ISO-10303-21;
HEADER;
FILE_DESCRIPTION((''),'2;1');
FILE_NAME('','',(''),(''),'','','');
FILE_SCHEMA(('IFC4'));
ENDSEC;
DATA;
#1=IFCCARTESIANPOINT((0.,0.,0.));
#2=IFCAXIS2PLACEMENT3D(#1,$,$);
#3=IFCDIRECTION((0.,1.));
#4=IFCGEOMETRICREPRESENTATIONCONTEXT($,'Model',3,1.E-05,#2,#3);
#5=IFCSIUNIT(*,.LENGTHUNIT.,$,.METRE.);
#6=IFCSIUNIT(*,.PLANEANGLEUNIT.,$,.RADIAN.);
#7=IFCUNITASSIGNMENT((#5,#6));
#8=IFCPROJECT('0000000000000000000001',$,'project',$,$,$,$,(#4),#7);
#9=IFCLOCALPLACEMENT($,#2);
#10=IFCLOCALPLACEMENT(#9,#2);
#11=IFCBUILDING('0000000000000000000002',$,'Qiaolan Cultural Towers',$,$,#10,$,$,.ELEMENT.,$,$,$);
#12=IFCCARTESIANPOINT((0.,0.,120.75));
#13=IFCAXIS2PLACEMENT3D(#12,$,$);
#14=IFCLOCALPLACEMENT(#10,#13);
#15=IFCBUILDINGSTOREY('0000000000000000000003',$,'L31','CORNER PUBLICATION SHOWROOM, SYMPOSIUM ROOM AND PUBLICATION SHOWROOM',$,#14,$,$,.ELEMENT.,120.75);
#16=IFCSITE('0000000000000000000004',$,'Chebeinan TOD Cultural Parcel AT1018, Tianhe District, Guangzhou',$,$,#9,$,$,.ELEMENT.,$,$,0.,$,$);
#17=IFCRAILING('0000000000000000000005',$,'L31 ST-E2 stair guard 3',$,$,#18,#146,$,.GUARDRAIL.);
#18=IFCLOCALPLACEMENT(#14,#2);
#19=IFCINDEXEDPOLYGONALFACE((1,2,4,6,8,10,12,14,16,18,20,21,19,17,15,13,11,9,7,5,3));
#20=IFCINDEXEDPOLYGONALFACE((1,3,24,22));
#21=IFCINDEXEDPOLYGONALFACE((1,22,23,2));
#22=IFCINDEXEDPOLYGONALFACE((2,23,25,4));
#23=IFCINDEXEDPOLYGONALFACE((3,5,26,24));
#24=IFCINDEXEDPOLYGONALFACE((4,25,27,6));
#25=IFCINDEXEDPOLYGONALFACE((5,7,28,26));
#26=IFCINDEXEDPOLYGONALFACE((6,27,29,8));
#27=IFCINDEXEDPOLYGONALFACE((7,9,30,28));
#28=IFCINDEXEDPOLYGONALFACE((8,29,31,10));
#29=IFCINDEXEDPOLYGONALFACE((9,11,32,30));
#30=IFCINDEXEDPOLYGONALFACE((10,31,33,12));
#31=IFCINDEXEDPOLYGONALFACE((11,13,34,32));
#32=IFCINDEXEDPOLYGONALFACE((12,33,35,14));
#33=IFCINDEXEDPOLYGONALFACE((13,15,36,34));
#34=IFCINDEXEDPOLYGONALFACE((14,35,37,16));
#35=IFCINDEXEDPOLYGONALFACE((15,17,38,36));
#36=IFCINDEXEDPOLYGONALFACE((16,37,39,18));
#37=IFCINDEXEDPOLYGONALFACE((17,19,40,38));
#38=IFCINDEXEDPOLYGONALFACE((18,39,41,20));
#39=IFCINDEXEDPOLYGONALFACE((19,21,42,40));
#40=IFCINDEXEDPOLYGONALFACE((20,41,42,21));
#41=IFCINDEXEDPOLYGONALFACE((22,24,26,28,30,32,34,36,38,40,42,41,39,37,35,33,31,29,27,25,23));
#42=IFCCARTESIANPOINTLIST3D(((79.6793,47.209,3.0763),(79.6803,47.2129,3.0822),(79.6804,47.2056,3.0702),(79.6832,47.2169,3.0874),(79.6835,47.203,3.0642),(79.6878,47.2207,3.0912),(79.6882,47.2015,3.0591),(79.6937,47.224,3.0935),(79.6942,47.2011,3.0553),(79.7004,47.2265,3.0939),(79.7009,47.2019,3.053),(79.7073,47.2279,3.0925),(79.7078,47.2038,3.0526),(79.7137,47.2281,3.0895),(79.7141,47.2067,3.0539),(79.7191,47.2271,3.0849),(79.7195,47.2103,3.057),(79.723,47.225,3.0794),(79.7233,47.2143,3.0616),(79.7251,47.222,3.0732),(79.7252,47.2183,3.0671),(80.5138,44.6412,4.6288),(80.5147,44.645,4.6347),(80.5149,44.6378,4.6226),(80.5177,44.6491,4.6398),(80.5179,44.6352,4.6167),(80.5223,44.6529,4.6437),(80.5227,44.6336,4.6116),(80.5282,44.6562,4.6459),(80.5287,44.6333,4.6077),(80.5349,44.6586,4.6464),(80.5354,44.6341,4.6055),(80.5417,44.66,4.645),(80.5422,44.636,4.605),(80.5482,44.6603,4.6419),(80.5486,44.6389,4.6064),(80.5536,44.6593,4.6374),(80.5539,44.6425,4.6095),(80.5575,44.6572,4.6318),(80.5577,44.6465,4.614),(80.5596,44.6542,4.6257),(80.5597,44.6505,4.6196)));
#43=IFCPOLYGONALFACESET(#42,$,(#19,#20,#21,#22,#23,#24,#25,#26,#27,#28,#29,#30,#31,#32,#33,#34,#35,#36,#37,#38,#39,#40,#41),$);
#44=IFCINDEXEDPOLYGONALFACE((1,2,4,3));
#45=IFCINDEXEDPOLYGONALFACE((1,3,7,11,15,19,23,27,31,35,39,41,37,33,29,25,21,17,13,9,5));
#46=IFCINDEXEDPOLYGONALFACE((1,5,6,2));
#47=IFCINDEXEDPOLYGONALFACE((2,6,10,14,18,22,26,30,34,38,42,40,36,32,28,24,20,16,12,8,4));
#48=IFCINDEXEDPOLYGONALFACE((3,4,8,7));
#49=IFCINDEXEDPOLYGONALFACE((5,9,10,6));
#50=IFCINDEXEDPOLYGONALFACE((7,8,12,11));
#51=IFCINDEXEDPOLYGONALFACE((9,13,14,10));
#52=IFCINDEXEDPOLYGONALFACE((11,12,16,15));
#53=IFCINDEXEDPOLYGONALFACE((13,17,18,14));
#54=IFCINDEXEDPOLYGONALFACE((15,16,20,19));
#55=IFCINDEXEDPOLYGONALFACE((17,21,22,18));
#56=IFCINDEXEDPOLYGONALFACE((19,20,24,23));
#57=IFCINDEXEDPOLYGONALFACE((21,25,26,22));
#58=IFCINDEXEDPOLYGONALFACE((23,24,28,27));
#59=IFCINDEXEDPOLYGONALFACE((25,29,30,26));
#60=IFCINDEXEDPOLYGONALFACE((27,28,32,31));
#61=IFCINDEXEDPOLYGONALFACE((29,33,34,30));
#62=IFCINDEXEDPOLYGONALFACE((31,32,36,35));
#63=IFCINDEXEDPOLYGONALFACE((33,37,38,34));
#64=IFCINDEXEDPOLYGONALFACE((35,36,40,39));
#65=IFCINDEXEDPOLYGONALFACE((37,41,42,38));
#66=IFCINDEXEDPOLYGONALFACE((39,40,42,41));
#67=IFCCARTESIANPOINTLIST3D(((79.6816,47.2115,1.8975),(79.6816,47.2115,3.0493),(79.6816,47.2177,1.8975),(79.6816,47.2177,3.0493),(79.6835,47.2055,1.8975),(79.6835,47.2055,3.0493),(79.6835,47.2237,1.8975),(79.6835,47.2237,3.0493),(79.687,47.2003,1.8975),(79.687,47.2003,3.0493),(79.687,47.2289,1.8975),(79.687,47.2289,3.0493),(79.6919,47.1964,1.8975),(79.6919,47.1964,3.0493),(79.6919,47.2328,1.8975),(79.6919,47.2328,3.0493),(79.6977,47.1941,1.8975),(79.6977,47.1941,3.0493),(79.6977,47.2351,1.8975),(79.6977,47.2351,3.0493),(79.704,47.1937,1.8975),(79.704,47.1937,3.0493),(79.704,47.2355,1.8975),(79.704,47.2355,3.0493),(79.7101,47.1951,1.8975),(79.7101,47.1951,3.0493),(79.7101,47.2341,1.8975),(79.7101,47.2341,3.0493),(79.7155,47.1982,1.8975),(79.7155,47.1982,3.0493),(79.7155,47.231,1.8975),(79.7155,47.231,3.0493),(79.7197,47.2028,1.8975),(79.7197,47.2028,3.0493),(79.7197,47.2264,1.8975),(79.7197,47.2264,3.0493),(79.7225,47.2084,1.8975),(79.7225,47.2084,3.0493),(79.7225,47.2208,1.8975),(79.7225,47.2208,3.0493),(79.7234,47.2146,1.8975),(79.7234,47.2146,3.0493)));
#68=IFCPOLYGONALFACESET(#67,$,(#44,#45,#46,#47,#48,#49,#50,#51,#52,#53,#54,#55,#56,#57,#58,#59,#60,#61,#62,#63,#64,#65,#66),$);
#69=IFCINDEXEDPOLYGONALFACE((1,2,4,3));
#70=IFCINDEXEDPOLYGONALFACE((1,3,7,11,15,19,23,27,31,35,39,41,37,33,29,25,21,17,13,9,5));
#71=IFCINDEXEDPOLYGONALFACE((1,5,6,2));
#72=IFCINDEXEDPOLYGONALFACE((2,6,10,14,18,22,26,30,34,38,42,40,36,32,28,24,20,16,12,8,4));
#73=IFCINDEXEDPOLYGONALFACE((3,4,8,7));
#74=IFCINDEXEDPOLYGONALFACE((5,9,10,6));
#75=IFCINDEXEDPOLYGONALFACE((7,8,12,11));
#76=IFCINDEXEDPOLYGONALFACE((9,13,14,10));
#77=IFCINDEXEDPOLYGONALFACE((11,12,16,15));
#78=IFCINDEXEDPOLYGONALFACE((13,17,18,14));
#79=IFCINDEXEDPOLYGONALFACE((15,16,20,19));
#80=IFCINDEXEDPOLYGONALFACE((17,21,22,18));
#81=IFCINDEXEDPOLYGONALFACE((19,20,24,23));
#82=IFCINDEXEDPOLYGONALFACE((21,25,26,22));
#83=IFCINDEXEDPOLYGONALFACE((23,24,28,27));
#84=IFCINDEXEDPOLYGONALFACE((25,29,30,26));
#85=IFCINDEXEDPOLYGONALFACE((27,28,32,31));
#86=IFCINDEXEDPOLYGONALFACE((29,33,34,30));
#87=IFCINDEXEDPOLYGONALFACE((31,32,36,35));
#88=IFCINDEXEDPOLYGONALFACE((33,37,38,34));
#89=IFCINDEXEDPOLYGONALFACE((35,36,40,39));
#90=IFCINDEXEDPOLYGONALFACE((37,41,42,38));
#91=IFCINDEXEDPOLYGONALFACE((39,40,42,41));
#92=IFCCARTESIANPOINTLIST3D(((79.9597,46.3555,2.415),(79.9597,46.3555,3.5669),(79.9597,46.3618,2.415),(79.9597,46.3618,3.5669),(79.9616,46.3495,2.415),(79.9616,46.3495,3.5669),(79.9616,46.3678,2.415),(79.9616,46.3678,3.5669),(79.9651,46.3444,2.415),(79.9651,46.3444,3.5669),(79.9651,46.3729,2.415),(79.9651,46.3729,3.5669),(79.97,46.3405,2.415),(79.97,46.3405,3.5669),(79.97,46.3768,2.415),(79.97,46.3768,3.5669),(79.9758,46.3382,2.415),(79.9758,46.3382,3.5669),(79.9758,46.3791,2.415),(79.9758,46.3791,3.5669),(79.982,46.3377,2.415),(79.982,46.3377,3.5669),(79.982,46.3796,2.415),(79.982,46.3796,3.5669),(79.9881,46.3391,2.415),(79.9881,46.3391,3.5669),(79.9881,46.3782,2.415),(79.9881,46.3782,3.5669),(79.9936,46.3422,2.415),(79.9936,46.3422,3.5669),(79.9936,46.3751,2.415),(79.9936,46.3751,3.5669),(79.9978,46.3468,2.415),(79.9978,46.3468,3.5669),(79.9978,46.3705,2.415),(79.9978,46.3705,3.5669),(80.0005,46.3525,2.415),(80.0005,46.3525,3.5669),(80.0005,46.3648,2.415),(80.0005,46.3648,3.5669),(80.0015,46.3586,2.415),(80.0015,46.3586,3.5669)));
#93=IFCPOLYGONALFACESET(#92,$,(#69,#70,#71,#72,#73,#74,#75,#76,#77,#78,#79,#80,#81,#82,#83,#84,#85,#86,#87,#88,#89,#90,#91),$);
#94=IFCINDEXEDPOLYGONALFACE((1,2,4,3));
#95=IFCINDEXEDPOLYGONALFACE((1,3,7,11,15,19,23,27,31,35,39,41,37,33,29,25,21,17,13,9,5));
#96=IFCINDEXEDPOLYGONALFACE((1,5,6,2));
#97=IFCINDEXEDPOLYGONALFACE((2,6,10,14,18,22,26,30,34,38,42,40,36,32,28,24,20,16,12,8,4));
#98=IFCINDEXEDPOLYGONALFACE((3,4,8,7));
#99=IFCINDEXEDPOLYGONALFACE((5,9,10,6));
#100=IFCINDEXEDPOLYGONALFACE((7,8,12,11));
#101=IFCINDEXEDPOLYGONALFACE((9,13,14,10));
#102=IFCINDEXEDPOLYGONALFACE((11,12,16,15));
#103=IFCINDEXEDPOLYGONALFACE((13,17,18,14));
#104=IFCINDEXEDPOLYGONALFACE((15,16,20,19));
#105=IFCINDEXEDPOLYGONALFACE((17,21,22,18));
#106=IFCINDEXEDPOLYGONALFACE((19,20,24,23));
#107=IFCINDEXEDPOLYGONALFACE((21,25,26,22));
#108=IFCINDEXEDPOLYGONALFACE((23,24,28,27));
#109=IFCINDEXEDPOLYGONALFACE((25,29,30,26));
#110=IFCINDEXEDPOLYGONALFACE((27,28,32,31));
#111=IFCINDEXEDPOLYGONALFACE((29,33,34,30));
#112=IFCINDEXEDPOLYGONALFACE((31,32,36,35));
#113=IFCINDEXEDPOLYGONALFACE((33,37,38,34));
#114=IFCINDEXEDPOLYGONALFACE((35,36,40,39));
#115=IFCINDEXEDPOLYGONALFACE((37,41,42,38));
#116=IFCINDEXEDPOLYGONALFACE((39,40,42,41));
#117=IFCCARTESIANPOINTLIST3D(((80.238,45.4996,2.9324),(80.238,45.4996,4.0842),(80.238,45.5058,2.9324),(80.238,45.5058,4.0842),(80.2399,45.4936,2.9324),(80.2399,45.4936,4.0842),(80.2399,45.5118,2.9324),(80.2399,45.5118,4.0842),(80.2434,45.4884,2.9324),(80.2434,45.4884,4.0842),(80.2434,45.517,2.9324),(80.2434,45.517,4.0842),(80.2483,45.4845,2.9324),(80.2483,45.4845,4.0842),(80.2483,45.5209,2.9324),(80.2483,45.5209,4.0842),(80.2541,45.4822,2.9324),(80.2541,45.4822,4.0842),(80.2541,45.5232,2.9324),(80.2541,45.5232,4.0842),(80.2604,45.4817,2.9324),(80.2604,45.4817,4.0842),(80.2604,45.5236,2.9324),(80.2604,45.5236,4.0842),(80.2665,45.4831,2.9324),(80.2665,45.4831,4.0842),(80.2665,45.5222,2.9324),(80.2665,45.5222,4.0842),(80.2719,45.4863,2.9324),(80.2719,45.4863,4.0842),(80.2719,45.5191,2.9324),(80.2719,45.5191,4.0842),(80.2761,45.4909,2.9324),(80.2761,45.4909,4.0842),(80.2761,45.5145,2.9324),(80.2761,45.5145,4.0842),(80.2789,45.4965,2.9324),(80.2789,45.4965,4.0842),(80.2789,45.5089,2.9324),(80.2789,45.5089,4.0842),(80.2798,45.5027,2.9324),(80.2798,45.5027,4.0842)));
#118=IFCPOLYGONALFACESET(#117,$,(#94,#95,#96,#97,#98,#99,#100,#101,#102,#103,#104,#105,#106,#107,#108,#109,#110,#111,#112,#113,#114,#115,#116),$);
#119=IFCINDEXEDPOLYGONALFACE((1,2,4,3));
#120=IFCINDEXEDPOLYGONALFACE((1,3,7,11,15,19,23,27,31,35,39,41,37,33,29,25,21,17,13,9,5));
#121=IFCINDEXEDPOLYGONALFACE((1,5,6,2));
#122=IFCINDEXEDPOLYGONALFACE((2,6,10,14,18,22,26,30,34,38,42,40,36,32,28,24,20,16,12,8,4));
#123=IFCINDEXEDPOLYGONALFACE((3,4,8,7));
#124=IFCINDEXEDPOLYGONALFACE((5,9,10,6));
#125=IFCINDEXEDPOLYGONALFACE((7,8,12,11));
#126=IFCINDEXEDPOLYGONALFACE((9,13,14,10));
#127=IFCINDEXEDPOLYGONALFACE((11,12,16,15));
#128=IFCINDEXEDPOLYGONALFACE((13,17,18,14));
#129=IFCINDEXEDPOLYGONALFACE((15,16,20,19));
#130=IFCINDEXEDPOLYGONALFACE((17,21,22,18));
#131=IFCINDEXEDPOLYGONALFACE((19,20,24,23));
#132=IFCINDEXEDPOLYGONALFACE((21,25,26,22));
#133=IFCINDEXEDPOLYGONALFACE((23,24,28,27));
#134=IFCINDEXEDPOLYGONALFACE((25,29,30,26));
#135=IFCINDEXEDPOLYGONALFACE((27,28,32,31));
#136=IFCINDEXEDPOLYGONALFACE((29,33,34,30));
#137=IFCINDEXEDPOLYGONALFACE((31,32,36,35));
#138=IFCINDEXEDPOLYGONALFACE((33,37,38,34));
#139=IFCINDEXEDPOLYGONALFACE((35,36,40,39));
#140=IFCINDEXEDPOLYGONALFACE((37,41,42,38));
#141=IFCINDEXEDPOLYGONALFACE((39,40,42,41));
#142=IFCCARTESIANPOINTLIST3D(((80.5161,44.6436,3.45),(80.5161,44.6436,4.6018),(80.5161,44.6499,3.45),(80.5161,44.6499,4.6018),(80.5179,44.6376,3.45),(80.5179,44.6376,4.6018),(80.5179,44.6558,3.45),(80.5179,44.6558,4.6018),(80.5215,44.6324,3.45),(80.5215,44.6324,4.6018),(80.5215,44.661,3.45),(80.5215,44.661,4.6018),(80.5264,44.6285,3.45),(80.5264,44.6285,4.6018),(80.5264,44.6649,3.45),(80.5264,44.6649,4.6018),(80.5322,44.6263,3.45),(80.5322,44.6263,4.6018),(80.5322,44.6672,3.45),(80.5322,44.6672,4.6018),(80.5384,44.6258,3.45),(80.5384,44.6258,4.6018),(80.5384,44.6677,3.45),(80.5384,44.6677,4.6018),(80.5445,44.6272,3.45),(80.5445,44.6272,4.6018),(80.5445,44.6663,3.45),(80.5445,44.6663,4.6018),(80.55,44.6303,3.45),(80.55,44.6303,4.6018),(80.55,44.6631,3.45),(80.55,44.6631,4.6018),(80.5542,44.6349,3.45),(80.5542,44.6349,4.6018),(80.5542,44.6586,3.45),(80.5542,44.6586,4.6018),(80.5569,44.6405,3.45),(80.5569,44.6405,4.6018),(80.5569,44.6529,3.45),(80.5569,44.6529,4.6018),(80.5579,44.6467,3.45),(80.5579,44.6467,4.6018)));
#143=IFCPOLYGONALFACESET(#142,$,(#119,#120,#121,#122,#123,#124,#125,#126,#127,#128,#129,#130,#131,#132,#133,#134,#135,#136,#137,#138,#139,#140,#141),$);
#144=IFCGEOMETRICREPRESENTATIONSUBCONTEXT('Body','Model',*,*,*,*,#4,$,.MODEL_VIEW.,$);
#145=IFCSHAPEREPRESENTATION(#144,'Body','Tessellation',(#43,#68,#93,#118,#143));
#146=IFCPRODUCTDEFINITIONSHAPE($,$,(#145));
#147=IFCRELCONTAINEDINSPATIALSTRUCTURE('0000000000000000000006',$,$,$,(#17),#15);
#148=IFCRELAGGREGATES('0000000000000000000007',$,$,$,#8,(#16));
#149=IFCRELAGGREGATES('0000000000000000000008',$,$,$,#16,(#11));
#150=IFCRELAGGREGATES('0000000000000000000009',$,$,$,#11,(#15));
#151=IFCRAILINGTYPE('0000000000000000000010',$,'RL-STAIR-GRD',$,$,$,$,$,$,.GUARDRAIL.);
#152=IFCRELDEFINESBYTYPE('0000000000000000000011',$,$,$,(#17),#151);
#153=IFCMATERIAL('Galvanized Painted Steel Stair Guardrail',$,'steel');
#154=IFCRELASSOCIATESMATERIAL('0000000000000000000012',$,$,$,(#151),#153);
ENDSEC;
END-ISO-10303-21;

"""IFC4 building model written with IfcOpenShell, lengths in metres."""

from ifc_helpers import new_model, si_unit, direction, frame, origin, origin_2d, place, context, subcontext, project, spatial, circle, extrude, material, type_object, element, save


model = new_model("IFC4")

# Units and contexts
model_context = context("Model", 3, precision=1e-05, world=origin(), true_north=direction((0.0, 1.0)))
body_context = subcontext(model_context, "Body", "Model", "MODEL_VIEW")
ifc_project = project(units=[si_unit("LENGTHUNIT", "METRE"), si_unit("PLANEANGLEUNIT", "RADIAN")], contexts=[model_context])

# Site, building, storey
site_placement = place(None, origin())
site = spatial("IfcSite", under=ifc_project, at=site_placement, Name="Chebeinan TOD Cultural Parcel AT1018, Tianhe District, Guangzhou", CompositionType="ELEMENT", RefElevation=0.0)
building_placement = place(site_placement, origin())
building = spatial("IfcBuilding", under=site, at=building_placement, Name="Qiaolan Cultural Towers", CompositionType="ELEMENT")
storey_placement = place(building_placement, frame((0.0, 0.0, 120.75)))
storey = spatial("IfcBuildingStorey", under=building, at=storey_placement, Name="L31", Description="CORNER PUBLICATION SHOWROOM, SYMPOSIUM ROOM AND PUBLICATION SHOWROOM", CompositionType="ELEMENT", Elevation=120.75)

# Railing
ifc_material_1 = material(Name="Galvanized Painted Steel Stair Guardrail", Category="steel")
railing_type = type_object("IfcRailingType", Name="RL-STAIR-GRD", PredefinedType="GUARDRAIL", material=ifc_material_1)
railing_1_placement = place(storey_placement, frame((79.7024, 47.2146, 1.8975)))
element("IfcRailing", 1, at=railing_1_placement, inside=storey, type_object=railing_type, Name="L31 ST-E2 stair guard 3", PredefinedType="GUARDRAIL", context=body_context, shape_type="SweptSolid", body=[
    extrude(circle(Radius=0.0239, at=origin_2d()), frame((0.0, 0.0, 1.1758), z_axis=(0.267926, -0.824471, 0.498461), x_axis=(0.951043, 0.309057, 0.0)), (0.0, 0.0, 1.0), 3.1145),
    extrude(circle(Radius=0.021, at=origin_2d()), origin(), (0.0, 0.0, 1.0), 1.1519),
    extrude(circle(Radius=0.021, at=origin_2d()), frame((0.2781, -0.856, 0.5176)), (0.0, 0.0, 1.0), 1.1519),
    extrude(circle(Radius=0.021, at=origin_2d()), frame((0.5564, -1.7119, 1.0349)), (0.0, 0.0, 1.0), 1.1519),
    extrude(circle(Radius=0.021, at=origin_2d()), frame((0.8345, -2.5679, 1.5525)), (0.0, 0.0, 1.0), 1.1519),
])

save(model, "model.ifc")
